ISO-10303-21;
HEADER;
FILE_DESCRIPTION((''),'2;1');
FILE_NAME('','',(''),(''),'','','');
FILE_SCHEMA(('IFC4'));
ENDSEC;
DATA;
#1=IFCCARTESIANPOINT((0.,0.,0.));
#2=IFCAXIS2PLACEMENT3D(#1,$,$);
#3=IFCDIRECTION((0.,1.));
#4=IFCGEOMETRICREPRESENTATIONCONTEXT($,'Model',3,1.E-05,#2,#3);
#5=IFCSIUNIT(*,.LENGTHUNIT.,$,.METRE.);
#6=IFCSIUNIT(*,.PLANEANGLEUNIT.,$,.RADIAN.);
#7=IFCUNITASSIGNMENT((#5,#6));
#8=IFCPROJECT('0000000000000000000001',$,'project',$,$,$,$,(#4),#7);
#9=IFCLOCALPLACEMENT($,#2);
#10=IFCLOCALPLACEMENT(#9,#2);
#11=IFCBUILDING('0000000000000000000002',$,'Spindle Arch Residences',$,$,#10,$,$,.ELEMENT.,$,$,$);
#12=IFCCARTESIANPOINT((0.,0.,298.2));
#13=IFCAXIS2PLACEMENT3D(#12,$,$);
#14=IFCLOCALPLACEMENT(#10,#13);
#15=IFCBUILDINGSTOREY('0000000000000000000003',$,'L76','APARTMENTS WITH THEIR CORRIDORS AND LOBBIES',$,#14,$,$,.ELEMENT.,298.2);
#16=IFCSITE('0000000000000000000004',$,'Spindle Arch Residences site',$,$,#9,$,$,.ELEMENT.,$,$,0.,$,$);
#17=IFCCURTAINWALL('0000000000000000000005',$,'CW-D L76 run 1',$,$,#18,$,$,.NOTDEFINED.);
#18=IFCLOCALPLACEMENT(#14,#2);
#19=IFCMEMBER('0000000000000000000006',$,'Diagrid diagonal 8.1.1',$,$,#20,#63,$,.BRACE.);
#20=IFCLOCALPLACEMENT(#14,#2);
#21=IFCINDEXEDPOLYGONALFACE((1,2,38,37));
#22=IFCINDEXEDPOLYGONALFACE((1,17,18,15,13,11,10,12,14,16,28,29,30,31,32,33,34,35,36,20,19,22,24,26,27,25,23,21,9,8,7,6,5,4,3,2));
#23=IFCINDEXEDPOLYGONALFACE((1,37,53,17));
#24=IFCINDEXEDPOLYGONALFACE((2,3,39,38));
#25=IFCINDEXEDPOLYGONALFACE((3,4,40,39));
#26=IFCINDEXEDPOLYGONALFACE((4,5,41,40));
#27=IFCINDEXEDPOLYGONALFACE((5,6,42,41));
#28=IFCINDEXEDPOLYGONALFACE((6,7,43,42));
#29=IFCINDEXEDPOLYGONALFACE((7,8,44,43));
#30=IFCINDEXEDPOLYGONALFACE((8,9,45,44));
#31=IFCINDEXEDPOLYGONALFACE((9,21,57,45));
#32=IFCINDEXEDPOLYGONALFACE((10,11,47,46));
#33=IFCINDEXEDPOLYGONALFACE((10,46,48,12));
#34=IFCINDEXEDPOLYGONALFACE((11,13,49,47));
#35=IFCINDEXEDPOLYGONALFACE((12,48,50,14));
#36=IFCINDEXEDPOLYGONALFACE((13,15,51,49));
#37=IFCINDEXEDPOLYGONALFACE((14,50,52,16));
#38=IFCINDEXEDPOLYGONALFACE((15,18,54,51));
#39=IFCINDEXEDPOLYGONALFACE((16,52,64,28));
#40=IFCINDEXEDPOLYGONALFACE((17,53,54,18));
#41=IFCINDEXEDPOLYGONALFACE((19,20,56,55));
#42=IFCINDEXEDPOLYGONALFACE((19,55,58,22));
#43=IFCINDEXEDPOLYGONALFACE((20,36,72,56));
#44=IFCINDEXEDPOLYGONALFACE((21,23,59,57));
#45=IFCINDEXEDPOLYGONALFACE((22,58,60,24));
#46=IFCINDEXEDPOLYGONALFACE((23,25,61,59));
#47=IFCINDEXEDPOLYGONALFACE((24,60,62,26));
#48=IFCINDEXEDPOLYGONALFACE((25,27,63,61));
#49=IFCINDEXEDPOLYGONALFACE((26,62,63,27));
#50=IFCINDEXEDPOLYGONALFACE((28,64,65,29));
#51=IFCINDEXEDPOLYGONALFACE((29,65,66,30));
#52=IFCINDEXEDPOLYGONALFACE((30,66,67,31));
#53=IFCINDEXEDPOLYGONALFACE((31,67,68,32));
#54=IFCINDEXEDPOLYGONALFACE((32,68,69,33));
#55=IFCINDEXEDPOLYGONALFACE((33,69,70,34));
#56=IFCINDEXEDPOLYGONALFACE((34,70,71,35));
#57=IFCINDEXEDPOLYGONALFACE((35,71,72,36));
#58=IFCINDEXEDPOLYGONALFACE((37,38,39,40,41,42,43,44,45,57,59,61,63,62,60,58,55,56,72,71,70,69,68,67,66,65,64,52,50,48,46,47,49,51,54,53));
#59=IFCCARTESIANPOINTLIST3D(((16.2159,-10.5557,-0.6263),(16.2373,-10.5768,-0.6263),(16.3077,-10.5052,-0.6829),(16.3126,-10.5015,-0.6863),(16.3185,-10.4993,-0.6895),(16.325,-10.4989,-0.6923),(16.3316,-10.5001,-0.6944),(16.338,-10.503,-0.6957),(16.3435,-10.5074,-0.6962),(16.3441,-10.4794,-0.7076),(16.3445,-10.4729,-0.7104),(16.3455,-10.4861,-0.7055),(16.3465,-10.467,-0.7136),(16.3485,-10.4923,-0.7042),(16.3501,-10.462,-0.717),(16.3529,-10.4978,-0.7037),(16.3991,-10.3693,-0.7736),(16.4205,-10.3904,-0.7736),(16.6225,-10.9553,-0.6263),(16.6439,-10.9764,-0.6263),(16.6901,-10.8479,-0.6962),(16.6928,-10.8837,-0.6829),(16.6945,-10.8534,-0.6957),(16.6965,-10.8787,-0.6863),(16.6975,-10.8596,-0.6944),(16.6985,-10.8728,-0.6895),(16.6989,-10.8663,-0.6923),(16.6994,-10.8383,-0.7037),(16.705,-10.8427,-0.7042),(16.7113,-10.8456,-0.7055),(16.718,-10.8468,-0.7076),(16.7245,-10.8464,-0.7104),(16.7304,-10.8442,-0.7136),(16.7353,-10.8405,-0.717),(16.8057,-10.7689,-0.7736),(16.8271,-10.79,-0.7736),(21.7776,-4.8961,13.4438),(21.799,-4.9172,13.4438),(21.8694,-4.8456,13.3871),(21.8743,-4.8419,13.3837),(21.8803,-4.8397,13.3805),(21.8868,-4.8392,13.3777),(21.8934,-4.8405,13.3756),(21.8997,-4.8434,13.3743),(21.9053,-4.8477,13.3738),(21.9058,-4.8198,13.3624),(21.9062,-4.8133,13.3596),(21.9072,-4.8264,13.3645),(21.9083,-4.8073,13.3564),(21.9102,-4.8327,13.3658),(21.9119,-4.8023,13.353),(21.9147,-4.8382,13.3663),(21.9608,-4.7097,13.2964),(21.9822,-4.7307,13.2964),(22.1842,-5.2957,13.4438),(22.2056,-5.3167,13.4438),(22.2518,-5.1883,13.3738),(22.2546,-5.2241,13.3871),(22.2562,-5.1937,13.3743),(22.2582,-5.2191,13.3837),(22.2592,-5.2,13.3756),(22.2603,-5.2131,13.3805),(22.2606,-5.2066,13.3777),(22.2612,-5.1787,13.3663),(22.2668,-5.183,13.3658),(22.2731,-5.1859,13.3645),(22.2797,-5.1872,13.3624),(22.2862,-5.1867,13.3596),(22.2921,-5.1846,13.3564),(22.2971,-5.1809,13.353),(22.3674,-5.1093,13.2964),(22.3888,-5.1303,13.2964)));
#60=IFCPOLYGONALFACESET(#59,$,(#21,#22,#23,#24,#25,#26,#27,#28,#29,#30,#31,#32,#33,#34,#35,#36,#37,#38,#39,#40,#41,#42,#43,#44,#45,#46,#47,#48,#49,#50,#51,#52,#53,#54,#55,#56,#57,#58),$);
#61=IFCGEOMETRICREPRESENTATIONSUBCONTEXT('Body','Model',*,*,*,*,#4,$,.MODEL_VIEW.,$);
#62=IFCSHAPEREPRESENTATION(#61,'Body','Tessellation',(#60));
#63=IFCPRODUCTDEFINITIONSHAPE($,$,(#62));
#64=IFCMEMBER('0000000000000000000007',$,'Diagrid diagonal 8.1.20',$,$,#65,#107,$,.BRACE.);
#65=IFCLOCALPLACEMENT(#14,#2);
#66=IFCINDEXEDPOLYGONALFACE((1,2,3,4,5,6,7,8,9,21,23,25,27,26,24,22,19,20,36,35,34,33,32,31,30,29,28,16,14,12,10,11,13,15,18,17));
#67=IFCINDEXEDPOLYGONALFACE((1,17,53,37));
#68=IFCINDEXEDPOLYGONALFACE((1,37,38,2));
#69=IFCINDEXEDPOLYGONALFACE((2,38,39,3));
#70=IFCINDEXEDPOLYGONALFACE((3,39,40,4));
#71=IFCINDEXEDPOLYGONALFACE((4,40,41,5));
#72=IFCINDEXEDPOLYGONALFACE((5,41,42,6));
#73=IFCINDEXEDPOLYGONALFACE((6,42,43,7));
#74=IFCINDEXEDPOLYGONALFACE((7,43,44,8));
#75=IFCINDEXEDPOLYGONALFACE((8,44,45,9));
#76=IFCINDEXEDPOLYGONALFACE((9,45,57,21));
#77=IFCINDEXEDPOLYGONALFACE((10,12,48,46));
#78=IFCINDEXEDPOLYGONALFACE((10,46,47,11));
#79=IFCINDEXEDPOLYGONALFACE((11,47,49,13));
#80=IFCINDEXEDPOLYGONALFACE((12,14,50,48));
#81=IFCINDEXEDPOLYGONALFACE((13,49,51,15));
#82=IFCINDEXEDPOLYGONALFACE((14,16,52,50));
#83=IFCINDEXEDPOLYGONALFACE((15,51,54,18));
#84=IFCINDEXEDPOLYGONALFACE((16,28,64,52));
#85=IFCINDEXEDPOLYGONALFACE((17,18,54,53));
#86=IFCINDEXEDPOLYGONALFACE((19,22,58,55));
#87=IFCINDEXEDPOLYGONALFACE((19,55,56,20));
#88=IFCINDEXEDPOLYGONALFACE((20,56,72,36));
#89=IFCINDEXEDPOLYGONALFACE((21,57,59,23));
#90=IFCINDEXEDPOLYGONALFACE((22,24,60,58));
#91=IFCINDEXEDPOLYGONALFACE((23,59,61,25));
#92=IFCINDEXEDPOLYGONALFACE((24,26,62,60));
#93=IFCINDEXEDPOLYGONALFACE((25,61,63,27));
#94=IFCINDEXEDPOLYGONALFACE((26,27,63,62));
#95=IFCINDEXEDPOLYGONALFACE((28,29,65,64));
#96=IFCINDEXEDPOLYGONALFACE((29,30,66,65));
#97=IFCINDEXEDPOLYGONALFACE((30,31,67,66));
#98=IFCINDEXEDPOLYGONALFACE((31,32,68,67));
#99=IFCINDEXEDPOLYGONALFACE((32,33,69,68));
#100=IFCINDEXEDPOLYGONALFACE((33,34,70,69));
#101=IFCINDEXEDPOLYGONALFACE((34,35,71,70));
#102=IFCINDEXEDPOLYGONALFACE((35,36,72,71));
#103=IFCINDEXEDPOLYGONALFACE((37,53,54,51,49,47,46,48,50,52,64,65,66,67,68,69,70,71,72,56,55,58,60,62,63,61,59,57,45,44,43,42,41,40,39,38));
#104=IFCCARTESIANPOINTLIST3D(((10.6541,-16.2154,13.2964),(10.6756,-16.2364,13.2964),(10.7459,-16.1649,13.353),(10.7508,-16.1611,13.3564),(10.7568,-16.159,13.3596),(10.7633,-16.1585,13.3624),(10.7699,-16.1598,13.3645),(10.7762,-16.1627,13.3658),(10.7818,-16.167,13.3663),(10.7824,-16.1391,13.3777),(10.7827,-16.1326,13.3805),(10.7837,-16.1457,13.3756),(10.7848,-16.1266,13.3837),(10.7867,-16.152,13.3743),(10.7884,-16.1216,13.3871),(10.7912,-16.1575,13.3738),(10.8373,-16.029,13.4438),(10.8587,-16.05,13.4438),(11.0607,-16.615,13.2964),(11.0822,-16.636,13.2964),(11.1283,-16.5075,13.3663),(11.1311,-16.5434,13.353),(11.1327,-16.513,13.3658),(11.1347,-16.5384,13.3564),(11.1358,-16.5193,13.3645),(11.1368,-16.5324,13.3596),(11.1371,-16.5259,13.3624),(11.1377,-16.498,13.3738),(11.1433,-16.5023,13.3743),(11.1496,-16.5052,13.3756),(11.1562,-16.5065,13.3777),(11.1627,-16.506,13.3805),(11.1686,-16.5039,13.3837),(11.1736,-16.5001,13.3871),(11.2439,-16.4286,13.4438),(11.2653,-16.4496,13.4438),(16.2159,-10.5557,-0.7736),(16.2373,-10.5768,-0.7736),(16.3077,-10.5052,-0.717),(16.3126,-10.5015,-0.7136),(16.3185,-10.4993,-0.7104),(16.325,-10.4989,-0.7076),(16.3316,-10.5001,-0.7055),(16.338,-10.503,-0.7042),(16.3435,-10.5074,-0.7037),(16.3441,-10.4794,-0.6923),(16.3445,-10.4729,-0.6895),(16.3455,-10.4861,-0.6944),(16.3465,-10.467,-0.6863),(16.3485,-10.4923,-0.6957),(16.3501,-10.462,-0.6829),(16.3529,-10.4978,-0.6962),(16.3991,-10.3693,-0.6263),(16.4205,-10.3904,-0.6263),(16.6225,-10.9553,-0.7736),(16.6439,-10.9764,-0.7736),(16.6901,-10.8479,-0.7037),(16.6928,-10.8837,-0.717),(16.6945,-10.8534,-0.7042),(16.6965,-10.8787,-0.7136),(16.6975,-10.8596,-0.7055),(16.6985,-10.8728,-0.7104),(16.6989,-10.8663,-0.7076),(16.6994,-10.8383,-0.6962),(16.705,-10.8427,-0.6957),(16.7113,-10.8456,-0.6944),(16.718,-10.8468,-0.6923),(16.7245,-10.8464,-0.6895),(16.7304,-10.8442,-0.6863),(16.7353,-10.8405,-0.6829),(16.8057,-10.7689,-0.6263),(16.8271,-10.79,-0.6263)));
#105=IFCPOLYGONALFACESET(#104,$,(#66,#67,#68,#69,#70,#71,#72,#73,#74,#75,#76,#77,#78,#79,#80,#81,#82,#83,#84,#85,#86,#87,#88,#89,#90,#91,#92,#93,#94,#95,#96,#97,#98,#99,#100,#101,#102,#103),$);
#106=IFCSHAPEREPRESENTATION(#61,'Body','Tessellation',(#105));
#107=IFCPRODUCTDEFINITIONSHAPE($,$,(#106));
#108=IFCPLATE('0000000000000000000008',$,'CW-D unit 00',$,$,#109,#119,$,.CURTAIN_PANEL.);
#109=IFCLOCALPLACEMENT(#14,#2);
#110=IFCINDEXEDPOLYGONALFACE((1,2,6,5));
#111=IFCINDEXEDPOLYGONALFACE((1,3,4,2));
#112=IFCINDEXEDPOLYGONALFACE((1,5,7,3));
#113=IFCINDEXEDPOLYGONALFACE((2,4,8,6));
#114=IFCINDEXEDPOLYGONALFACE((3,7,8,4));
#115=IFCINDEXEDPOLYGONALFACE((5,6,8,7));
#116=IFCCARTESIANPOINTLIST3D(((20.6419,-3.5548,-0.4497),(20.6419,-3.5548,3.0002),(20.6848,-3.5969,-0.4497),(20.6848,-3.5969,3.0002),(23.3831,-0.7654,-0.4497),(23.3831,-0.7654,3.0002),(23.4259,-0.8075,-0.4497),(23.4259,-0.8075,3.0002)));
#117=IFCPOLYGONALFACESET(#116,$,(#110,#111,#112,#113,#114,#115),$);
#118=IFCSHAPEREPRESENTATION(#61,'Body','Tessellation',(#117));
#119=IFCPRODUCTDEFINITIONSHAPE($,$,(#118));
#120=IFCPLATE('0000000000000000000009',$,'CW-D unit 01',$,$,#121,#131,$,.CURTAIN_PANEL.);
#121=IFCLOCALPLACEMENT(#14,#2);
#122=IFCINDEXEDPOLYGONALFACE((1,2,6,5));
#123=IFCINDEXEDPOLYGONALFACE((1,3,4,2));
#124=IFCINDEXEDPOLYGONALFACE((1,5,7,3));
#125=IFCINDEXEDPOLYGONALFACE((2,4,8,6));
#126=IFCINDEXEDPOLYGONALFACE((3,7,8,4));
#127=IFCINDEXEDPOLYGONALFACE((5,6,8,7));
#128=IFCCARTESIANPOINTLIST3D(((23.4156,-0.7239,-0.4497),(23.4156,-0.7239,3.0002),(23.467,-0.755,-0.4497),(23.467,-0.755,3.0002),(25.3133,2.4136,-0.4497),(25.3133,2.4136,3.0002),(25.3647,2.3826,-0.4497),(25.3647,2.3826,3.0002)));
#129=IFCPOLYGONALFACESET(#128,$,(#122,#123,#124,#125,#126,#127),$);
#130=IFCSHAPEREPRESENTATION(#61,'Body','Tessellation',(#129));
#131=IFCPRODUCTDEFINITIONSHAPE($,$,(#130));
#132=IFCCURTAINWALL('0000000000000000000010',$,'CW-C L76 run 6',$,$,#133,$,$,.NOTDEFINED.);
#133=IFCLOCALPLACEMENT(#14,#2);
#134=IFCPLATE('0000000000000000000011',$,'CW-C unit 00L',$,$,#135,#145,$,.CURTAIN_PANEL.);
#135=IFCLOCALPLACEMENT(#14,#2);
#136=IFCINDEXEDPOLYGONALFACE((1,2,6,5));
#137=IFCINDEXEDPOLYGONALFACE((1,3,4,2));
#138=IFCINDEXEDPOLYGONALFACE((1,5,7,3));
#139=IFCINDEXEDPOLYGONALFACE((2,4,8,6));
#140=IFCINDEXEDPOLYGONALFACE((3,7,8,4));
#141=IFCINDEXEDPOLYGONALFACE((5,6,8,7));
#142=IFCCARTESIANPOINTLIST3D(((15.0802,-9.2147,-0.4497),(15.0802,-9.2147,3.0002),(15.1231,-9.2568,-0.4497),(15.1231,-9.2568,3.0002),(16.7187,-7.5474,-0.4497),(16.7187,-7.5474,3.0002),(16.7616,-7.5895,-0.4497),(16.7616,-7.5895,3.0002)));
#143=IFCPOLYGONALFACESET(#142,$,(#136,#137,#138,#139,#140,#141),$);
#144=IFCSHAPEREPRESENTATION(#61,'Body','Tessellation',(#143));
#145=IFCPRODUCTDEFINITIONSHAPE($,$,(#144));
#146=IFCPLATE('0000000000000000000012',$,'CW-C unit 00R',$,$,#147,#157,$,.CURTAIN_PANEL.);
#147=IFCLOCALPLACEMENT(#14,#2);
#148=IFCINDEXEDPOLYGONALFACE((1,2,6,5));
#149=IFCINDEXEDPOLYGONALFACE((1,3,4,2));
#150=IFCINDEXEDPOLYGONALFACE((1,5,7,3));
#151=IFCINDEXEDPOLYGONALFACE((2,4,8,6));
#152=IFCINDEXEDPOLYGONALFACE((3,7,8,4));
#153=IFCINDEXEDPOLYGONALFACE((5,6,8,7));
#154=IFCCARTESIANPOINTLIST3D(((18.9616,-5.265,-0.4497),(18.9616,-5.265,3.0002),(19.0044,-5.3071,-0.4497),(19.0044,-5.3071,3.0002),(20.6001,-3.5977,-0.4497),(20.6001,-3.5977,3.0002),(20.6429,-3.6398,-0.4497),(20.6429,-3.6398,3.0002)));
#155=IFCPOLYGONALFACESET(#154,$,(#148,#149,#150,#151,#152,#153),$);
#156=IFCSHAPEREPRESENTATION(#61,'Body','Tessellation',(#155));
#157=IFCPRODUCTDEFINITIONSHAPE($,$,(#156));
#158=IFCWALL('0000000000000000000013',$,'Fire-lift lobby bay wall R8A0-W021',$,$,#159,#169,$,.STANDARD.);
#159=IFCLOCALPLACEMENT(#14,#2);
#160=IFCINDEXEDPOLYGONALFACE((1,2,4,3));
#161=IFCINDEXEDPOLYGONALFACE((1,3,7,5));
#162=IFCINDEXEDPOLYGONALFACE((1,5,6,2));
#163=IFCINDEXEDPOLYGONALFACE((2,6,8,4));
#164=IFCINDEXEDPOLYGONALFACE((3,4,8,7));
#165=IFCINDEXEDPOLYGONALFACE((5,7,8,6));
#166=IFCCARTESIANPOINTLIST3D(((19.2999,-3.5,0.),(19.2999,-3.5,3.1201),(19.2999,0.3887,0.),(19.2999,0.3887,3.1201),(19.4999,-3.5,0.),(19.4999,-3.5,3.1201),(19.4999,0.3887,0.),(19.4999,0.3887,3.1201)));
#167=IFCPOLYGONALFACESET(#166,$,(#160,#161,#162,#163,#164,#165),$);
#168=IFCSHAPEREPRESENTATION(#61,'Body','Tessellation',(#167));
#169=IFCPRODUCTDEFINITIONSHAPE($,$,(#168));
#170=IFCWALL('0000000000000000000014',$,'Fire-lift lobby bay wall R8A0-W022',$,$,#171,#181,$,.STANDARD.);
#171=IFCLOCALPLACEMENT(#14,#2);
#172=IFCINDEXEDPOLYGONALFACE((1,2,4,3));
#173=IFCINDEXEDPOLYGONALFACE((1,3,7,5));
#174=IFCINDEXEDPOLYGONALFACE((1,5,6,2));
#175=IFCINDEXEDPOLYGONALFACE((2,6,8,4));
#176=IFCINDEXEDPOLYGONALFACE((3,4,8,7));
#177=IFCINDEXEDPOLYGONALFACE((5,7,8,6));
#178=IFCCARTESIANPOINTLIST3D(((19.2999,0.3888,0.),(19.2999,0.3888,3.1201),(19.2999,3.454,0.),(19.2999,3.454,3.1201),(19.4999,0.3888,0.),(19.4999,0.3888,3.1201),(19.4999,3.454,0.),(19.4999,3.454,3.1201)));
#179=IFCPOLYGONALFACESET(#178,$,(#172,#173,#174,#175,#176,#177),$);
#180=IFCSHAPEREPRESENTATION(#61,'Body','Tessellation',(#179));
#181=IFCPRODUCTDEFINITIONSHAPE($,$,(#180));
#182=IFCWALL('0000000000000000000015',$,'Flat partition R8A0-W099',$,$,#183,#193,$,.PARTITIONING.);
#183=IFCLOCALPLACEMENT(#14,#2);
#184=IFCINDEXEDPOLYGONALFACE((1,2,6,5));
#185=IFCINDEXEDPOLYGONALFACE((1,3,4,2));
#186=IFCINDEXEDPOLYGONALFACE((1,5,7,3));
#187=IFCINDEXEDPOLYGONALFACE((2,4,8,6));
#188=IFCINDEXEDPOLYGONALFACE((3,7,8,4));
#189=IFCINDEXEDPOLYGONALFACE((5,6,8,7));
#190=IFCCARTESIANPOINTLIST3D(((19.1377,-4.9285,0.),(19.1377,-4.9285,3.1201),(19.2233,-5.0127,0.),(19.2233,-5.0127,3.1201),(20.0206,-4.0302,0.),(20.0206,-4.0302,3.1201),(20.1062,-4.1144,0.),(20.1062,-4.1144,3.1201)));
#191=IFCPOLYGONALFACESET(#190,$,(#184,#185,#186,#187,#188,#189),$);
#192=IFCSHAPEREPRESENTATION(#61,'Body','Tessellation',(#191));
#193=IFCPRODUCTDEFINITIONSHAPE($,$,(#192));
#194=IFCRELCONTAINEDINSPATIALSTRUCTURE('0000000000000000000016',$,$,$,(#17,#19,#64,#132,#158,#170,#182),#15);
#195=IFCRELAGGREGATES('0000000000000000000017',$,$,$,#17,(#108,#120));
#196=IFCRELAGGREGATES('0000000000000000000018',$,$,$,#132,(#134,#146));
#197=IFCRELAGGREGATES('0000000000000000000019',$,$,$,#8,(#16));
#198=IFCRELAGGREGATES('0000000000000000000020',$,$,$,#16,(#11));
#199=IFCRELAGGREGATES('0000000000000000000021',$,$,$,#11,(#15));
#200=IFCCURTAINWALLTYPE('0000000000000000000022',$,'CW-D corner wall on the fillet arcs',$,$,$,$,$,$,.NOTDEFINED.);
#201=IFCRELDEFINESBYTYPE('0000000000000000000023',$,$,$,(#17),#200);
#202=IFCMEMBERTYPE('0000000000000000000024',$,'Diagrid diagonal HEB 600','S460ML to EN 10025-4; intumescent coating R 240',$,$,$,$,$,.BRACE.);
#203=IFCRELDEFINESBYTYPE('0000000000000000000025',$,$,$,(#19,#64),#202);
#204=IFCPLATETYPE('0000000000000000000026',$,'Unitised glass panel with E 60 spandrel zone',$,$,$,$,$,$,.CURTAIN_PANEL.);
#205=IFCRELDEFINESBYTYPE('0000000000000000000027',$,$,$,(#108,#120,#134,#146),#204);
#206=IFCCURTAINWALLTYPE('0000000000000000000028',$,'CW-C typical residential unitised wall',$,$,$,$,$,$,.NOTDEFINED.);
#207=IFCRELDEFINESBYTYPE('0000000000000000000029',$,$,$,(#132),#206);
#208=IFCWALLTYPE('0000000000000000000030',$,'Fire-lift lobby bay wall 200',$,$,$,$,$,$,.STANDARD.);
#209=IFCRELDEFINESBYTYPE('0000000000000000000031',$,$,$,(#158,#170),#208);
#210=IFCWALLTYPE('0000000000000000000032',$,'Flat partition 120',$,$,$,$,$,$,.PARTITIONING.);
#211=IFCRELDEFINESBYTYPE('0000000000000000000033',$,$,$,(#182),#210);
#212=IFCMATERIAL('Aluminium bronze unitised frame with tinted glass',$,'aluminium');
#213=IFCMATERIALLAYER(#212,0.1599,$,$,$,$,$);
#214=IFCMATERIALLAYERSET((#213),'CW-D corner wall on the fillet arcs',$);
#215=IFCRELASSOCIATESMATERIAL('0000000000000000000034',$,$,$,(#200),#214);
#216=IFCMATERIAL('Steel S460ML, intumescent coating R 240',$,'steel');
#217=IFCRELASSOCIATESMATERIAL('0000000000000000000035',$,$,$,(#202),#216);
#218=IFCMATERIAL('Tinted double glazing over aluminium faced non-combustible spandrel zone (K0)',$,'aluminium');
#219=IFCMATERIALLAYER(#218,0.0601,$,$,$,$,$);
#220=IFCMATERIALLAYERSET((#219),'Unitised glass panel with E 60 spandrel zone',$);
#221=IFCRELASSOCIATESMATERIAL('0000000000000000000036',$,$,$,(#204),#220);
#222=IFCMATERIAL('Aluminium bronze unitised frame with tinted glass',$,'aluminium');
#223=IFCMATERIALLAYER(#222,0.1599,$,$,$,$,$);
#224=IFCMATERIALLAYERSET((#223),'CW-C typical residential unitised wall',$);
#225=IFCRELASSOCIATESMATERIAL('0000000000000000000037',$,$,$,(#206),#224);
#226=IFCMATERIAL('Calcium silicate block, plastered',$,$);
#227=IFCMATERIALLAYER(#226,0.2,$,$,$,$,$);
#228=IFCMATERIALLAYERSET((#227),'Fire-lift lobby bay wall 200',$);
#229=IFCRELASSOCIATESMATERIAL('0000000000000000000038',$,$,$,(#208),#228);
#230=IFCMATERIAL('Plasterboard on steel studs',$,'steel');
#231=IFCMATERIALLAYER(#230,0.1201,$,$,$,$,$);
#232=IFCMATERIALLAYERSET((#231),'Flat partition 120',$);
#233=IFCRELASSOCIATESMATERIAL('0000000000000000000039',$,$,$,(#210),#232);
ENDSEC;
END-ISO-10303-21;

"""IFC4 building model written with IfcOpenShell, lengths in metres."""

from ifc_helpers import new_model, si_unit, direction, frame, frame_2d, origin, origin_2d, place, context, subcontext, project, spatial, rectangle, i_section, extrude, material, layer, layer_set, material_profile, profile_set, type_object, element, aggregate, save


model = new_model("IFC4")

# Units and contexts
model_context = context("Model", 3, precision=1e-05, world=origin(), true_north=direction((0.0, 1.0)))
body_context = subcontext(model_context, "Body", "Model", "MODEL_VIEW")
ifc_project = project(units=[si_unit("LENGTHUNIT", "METRE"), si_unit("PLANEANGLEUNIT", "RADIAN")], contexts=[model_context])

# Site, building, storey
site_placement = place(None, origin())
site = spatial("IfcSite", under=ifc_project, at=site_placement, Name="Spindle Arch Residences site", CompositionType="ELEMENT", RefElevation=0.0)
building_placement = place(site_placement, origin())
building = spatial("IfcBuilding", under=site, at=building_placement, Name="Spindle Arch Residences", CompositionType="ELEMENT")
storey_placement = place(building_placement, frame((0.0, 0.0, 298.2)))
storey = spatial("IfcBuildingStorey", under=building, at=storey_placement, Name="L76", Description="APARTMENTS WITH THEIR CORRIDORS AND LOBBIES", CompositionType="ELEMENT", Elevation=298.2)

# Curtain wall
ifc_material_1 = material(Name="Aluminium bronze unitised frame with tinted glass", Category="aluminium")
ifc_layer_1 = layer(ifc_material_1, 0.1599)
ifc_layer_set_1 = layer_set([ifc_layer_1], Name="CW-D corner wall on the fillet arcs")
curtain_wall_type_1 = type_object("IfcCurtainWallType", Name="CW-D corner wall on the fillet arcs", PredefinedType="NOTDEFINED", material=ifc_layer_set_1)
curtain_wall_1_placement = place(storey_placement, origin())
curtain_wall_1 = element("IfcCurtainWall", 1, at=curtain_wall_1_placement, inside=storey, type_object=curtain_wall_type_1, Name="CW-D L76 run 1", PredefinedType="NOTDEFINED")

# Members
ifc_material_2 = material(Name="Steel S460ML, intumescent coating R 240", Category="steel")
ifc_material_profile_1 = material_profile(ifc_material_2, i_section(OverallWidth=0.3, OverallDepth=0.6001, WebThickness=0.0154, FlangeThickness=0.03, FilletRadius=0.0271, at=origin_2d()), Name="HEB 600")
ifc_profile_set_1 = profile_set([ifc_material_profile_1], Name="Steel S460ML, intumescent coating R 240")
member_type_1 = type_object("IfcMemberType", Name="Diagrid diagonal HEB 600", Description="S460ML to EN 10025-4; intumescent coating R 240", PredefinedType="BRACE", material=ifc_profile_set_1)
for number, where, z_axis, x_axis, name in (
    (2, (16.5215, -10.6729, -0.7), (0.34431, 0.35037, 0.871029), (-0.610514, -0.62126, 0.491232), "Diagrid diagonal 8.1.1"),
    (3, (16.5215, -10.6729, -0.7), (-0.34431, -0.35037, 0.871029), (0.610514, 0.62126, 0.491232), "Diagrid diagonal 8.1.20"),
):
    element("IfcMember", number, at=place(storey_placement, frame(where, z_axis=z_axis, x_axis=x_axis)), inside=storey, type_object=member_type_1, Name=name, PredefinedType="BRACE", context=body_context, shape_type="SweptSolid", body=[
        extrude(i_section(OverallWidth=0.3, OverallDepth=0.6001, WebThickness=0.0154, FlangeThickness=0.03, FilletRadius=0.0271, at=origin_2d()), origin(), (0.0, 0.0, 1.0), 16.1533),
    ])

# Plates
ifc_material_3 = material(Name="Tinted double glazing over aluminium faced non-combustible spandrel zone (K0)", Category="aluminium")
ifc_layer_2 = layer(ifc_material_3, 0.0601)
ifc_layer_set_2 = layer_set([ifc_layer_2], Name="Unitised glass panel with E 60 spandrel zone")
plate_type = type_object("IfcPlateType", Name="Unitised glass panel with E 60 spandrel zone", PredefinedType="CURTAIN_PANEL", material=ifc_layer_set_2)
plate_1_placement = place(storey_placement, frame((22.0339, -2.1812, -0.4497), z_axis=(0.0, 0.0, 1.0), x_axis=(0.700909, 0.71325, 0.0)))
plate_1 = element("IfcPlate", 4, at=plate_1_placement, type_object=plate_type, Name="CW-D unit 00", PredefinedType="CURTAIN_PANEL", context=body_context, shape_type="SweptSolid", body=[
    extrude(rectangle(XDim=3.9109, YDim=0.0601, at=origin_2d()), origin(), (0.0, 0.0, 1.0), 3.45),
])
plate_2_placement = place(storey_placement, frame((24.3901, 0.8293, -0.4497), z_axis=(0.0, 0.0, 1.0), x_axis=(0.517529, 0.855665, 0.0)))
plate_2 = element("IfcPlate", 5, at=plate_2_placement, type_object=plate_type, Name="CW-D unit 01", PredefinedType="CURTAIN_PANEL", context=body_context, shape_type="SweptSolid", body=[
    extrude(rectangle(XDim=3.6667, YDim=0.0601, at=origin_2d()), origin(), (0.0, 0.0, 1.0), 3.45),
])
aggregate(curtain_wall_1, [plate_1, plate_2])

# Curtain wall, plates
ifc_material_4 = material(Name="Aluminium bronze unitised frame with tinted glass", Category="aluminium")
ifc_layer_3 = layer(ifc_material_4, 0.1599)
ifc_layer_set_3 = layer_set([ifc_layer_3], Name="CW-C typical residential unitised wall")
curtain_wall_type_2 = type_object("IfcCurtainWallType", Name="CW-C typical residential unitised wall", PredefinedType="NOTDEFINED", material=ifc_layer_set_3)
curtain_wall_2_placement = place(storey_placement, origin())
curtain_wall_2 = element("IfcCurtainWall", 6, at=curtain_wall_2_placement, inside=storey, type_object=curtain_wall_type_2, Name="CW-C L76 run 6", PredefinedType="NOTDEFINED")
plate_3_placement = place(storey_placement, frame((15.9209, -8.4021, -0.4497), z_axis=(0.0, 0.0, 1.0), x_axis=(0.700909, 0.71325, 0.0)))
plate_3 = element("IfcPlate", 7, at=plate_3_placement, type_object=plate_type, Name="CW-C unit 00L", PredefinedType="CURTAIN_PANEL", context=body_context, shape_type="SweptSolid", body=[
    extrude(rectangle(XDim=2.3376, YDim=0.0601, at=origin_2d()), origin(), (0.0, 0.0, 1.0), 3.45),
])
plate_4_placement = place(storey_placement, frame((19.8022, -4.4524, -0.4497), z_axis=(0.0, 0.0, 1.0), x_axis=(0.700909, 0.71325, 0.0)))
plate_4 = element("IfcPlate", 8, at=plate_4_placement, type_object=plate_type, Name="CW-C unit 00R", PredefinedType="CURTAIN_PANEL", context=body_context, shape_type="SweptSolid", body=[
    extrude(rectangle(XDim=2.3376, YDim=0.0601, at=origin_2d()), origin(), (0.0, 0.0, 1.0), 3.45),
])
aggregate(curtain_wall_2, [plate_3, plate_4])

# Walls
ifc_material_5 = material(Name="Calcium silicate block, plastered")
ifc_layer_4 = layer(ifc_material_5, 0.2)
ifc_layer_set_4 = layer_set([ifc_layer_4], Name="Fire-lift lobby bay wall 200")
wall_type_1 = type_object("IfcWallType", Name="Fire-lift lobby bay wall 200", PredefinedType="STANDARD", material=ifc_layer_set_4)
wall_1_placement = place(storey_placement, frame((19.3999, -3.5, 0.0), z_axis=(0.0, 0.0, 1.0), x_axis=(0.0, 1.0, 0.0)))
element("IfcWall", 9, at=wall_1_placement, inside=storey, type_object=wall_type_1, Name="Fire-lift lobby bay wall R8A0-W021", PredefinedType="STANDARD", context=body_context, shape_type="SweptSolid", body=[
    extrude(rectangle(XDim=3.8887, YDim=0.2, at=frame_2d((1.9443, 0.0))), origin(), (0.0, 0.0, 1.0), 3.1201),
])
wall_2_placement = place(storey_placement, frame((19.3999, 0.3887, 0.0), z_axis=(0.0, 0.0, 1.0), x_axis=(0.0, 1.0, 0.0)))
element("IfcWall", 10, at=wall_2_placement, inside=storey, type_object=wall_type_1, Name="Fire-lift lobby bay wall R8A0-W022", PredefinedType="STANDARD", context=body_context, shape_type="SweptSolid", body=[
    extrude(rectangle(XDim=3.0652, YDim=0.2, at=frame_2d((1.5327, 0.0))), origin(), (0.0, 0.0, 1.0), 3.1201),
])
ifc_material_6 = material(Name="Plasterboard on steel studs", Category="steel")
ifc_layer_5 = layer(ifc_material_6, 0.1201)
ifc_layer_set_5 = layer_set([ifc_layer_5], Name="Flat partition 120")
wall_type_2 = type_object("IfcWallType", Name="Flat partition 120", PredefinedType="PARTITIONING", material=ifc_layer_set_5)
wall_3_placement = place(storey_placement, frame((19.1804, -4.9707, 0.0), z_axis=(0.0, 0.0, 1.0), x_axis=(0.700974, 0.713187, 0.0)))
element("IfcWall", 11, at=wall_3_placement, inside=storey, type_object=wall_type_2, Name="Flat partition R8A0-W099", PredefinedType="PARTITIONING", context=body_context, shape_type="SweptSolid", body=[
    extrude(rectangle(XDim=1.2595, YDim=0.1201, at=frame_2d((0.6299, 0.0))), origin(), (0.0, 0.0, 1.0), 3.1201),
])

save(model, "model.ifc")
